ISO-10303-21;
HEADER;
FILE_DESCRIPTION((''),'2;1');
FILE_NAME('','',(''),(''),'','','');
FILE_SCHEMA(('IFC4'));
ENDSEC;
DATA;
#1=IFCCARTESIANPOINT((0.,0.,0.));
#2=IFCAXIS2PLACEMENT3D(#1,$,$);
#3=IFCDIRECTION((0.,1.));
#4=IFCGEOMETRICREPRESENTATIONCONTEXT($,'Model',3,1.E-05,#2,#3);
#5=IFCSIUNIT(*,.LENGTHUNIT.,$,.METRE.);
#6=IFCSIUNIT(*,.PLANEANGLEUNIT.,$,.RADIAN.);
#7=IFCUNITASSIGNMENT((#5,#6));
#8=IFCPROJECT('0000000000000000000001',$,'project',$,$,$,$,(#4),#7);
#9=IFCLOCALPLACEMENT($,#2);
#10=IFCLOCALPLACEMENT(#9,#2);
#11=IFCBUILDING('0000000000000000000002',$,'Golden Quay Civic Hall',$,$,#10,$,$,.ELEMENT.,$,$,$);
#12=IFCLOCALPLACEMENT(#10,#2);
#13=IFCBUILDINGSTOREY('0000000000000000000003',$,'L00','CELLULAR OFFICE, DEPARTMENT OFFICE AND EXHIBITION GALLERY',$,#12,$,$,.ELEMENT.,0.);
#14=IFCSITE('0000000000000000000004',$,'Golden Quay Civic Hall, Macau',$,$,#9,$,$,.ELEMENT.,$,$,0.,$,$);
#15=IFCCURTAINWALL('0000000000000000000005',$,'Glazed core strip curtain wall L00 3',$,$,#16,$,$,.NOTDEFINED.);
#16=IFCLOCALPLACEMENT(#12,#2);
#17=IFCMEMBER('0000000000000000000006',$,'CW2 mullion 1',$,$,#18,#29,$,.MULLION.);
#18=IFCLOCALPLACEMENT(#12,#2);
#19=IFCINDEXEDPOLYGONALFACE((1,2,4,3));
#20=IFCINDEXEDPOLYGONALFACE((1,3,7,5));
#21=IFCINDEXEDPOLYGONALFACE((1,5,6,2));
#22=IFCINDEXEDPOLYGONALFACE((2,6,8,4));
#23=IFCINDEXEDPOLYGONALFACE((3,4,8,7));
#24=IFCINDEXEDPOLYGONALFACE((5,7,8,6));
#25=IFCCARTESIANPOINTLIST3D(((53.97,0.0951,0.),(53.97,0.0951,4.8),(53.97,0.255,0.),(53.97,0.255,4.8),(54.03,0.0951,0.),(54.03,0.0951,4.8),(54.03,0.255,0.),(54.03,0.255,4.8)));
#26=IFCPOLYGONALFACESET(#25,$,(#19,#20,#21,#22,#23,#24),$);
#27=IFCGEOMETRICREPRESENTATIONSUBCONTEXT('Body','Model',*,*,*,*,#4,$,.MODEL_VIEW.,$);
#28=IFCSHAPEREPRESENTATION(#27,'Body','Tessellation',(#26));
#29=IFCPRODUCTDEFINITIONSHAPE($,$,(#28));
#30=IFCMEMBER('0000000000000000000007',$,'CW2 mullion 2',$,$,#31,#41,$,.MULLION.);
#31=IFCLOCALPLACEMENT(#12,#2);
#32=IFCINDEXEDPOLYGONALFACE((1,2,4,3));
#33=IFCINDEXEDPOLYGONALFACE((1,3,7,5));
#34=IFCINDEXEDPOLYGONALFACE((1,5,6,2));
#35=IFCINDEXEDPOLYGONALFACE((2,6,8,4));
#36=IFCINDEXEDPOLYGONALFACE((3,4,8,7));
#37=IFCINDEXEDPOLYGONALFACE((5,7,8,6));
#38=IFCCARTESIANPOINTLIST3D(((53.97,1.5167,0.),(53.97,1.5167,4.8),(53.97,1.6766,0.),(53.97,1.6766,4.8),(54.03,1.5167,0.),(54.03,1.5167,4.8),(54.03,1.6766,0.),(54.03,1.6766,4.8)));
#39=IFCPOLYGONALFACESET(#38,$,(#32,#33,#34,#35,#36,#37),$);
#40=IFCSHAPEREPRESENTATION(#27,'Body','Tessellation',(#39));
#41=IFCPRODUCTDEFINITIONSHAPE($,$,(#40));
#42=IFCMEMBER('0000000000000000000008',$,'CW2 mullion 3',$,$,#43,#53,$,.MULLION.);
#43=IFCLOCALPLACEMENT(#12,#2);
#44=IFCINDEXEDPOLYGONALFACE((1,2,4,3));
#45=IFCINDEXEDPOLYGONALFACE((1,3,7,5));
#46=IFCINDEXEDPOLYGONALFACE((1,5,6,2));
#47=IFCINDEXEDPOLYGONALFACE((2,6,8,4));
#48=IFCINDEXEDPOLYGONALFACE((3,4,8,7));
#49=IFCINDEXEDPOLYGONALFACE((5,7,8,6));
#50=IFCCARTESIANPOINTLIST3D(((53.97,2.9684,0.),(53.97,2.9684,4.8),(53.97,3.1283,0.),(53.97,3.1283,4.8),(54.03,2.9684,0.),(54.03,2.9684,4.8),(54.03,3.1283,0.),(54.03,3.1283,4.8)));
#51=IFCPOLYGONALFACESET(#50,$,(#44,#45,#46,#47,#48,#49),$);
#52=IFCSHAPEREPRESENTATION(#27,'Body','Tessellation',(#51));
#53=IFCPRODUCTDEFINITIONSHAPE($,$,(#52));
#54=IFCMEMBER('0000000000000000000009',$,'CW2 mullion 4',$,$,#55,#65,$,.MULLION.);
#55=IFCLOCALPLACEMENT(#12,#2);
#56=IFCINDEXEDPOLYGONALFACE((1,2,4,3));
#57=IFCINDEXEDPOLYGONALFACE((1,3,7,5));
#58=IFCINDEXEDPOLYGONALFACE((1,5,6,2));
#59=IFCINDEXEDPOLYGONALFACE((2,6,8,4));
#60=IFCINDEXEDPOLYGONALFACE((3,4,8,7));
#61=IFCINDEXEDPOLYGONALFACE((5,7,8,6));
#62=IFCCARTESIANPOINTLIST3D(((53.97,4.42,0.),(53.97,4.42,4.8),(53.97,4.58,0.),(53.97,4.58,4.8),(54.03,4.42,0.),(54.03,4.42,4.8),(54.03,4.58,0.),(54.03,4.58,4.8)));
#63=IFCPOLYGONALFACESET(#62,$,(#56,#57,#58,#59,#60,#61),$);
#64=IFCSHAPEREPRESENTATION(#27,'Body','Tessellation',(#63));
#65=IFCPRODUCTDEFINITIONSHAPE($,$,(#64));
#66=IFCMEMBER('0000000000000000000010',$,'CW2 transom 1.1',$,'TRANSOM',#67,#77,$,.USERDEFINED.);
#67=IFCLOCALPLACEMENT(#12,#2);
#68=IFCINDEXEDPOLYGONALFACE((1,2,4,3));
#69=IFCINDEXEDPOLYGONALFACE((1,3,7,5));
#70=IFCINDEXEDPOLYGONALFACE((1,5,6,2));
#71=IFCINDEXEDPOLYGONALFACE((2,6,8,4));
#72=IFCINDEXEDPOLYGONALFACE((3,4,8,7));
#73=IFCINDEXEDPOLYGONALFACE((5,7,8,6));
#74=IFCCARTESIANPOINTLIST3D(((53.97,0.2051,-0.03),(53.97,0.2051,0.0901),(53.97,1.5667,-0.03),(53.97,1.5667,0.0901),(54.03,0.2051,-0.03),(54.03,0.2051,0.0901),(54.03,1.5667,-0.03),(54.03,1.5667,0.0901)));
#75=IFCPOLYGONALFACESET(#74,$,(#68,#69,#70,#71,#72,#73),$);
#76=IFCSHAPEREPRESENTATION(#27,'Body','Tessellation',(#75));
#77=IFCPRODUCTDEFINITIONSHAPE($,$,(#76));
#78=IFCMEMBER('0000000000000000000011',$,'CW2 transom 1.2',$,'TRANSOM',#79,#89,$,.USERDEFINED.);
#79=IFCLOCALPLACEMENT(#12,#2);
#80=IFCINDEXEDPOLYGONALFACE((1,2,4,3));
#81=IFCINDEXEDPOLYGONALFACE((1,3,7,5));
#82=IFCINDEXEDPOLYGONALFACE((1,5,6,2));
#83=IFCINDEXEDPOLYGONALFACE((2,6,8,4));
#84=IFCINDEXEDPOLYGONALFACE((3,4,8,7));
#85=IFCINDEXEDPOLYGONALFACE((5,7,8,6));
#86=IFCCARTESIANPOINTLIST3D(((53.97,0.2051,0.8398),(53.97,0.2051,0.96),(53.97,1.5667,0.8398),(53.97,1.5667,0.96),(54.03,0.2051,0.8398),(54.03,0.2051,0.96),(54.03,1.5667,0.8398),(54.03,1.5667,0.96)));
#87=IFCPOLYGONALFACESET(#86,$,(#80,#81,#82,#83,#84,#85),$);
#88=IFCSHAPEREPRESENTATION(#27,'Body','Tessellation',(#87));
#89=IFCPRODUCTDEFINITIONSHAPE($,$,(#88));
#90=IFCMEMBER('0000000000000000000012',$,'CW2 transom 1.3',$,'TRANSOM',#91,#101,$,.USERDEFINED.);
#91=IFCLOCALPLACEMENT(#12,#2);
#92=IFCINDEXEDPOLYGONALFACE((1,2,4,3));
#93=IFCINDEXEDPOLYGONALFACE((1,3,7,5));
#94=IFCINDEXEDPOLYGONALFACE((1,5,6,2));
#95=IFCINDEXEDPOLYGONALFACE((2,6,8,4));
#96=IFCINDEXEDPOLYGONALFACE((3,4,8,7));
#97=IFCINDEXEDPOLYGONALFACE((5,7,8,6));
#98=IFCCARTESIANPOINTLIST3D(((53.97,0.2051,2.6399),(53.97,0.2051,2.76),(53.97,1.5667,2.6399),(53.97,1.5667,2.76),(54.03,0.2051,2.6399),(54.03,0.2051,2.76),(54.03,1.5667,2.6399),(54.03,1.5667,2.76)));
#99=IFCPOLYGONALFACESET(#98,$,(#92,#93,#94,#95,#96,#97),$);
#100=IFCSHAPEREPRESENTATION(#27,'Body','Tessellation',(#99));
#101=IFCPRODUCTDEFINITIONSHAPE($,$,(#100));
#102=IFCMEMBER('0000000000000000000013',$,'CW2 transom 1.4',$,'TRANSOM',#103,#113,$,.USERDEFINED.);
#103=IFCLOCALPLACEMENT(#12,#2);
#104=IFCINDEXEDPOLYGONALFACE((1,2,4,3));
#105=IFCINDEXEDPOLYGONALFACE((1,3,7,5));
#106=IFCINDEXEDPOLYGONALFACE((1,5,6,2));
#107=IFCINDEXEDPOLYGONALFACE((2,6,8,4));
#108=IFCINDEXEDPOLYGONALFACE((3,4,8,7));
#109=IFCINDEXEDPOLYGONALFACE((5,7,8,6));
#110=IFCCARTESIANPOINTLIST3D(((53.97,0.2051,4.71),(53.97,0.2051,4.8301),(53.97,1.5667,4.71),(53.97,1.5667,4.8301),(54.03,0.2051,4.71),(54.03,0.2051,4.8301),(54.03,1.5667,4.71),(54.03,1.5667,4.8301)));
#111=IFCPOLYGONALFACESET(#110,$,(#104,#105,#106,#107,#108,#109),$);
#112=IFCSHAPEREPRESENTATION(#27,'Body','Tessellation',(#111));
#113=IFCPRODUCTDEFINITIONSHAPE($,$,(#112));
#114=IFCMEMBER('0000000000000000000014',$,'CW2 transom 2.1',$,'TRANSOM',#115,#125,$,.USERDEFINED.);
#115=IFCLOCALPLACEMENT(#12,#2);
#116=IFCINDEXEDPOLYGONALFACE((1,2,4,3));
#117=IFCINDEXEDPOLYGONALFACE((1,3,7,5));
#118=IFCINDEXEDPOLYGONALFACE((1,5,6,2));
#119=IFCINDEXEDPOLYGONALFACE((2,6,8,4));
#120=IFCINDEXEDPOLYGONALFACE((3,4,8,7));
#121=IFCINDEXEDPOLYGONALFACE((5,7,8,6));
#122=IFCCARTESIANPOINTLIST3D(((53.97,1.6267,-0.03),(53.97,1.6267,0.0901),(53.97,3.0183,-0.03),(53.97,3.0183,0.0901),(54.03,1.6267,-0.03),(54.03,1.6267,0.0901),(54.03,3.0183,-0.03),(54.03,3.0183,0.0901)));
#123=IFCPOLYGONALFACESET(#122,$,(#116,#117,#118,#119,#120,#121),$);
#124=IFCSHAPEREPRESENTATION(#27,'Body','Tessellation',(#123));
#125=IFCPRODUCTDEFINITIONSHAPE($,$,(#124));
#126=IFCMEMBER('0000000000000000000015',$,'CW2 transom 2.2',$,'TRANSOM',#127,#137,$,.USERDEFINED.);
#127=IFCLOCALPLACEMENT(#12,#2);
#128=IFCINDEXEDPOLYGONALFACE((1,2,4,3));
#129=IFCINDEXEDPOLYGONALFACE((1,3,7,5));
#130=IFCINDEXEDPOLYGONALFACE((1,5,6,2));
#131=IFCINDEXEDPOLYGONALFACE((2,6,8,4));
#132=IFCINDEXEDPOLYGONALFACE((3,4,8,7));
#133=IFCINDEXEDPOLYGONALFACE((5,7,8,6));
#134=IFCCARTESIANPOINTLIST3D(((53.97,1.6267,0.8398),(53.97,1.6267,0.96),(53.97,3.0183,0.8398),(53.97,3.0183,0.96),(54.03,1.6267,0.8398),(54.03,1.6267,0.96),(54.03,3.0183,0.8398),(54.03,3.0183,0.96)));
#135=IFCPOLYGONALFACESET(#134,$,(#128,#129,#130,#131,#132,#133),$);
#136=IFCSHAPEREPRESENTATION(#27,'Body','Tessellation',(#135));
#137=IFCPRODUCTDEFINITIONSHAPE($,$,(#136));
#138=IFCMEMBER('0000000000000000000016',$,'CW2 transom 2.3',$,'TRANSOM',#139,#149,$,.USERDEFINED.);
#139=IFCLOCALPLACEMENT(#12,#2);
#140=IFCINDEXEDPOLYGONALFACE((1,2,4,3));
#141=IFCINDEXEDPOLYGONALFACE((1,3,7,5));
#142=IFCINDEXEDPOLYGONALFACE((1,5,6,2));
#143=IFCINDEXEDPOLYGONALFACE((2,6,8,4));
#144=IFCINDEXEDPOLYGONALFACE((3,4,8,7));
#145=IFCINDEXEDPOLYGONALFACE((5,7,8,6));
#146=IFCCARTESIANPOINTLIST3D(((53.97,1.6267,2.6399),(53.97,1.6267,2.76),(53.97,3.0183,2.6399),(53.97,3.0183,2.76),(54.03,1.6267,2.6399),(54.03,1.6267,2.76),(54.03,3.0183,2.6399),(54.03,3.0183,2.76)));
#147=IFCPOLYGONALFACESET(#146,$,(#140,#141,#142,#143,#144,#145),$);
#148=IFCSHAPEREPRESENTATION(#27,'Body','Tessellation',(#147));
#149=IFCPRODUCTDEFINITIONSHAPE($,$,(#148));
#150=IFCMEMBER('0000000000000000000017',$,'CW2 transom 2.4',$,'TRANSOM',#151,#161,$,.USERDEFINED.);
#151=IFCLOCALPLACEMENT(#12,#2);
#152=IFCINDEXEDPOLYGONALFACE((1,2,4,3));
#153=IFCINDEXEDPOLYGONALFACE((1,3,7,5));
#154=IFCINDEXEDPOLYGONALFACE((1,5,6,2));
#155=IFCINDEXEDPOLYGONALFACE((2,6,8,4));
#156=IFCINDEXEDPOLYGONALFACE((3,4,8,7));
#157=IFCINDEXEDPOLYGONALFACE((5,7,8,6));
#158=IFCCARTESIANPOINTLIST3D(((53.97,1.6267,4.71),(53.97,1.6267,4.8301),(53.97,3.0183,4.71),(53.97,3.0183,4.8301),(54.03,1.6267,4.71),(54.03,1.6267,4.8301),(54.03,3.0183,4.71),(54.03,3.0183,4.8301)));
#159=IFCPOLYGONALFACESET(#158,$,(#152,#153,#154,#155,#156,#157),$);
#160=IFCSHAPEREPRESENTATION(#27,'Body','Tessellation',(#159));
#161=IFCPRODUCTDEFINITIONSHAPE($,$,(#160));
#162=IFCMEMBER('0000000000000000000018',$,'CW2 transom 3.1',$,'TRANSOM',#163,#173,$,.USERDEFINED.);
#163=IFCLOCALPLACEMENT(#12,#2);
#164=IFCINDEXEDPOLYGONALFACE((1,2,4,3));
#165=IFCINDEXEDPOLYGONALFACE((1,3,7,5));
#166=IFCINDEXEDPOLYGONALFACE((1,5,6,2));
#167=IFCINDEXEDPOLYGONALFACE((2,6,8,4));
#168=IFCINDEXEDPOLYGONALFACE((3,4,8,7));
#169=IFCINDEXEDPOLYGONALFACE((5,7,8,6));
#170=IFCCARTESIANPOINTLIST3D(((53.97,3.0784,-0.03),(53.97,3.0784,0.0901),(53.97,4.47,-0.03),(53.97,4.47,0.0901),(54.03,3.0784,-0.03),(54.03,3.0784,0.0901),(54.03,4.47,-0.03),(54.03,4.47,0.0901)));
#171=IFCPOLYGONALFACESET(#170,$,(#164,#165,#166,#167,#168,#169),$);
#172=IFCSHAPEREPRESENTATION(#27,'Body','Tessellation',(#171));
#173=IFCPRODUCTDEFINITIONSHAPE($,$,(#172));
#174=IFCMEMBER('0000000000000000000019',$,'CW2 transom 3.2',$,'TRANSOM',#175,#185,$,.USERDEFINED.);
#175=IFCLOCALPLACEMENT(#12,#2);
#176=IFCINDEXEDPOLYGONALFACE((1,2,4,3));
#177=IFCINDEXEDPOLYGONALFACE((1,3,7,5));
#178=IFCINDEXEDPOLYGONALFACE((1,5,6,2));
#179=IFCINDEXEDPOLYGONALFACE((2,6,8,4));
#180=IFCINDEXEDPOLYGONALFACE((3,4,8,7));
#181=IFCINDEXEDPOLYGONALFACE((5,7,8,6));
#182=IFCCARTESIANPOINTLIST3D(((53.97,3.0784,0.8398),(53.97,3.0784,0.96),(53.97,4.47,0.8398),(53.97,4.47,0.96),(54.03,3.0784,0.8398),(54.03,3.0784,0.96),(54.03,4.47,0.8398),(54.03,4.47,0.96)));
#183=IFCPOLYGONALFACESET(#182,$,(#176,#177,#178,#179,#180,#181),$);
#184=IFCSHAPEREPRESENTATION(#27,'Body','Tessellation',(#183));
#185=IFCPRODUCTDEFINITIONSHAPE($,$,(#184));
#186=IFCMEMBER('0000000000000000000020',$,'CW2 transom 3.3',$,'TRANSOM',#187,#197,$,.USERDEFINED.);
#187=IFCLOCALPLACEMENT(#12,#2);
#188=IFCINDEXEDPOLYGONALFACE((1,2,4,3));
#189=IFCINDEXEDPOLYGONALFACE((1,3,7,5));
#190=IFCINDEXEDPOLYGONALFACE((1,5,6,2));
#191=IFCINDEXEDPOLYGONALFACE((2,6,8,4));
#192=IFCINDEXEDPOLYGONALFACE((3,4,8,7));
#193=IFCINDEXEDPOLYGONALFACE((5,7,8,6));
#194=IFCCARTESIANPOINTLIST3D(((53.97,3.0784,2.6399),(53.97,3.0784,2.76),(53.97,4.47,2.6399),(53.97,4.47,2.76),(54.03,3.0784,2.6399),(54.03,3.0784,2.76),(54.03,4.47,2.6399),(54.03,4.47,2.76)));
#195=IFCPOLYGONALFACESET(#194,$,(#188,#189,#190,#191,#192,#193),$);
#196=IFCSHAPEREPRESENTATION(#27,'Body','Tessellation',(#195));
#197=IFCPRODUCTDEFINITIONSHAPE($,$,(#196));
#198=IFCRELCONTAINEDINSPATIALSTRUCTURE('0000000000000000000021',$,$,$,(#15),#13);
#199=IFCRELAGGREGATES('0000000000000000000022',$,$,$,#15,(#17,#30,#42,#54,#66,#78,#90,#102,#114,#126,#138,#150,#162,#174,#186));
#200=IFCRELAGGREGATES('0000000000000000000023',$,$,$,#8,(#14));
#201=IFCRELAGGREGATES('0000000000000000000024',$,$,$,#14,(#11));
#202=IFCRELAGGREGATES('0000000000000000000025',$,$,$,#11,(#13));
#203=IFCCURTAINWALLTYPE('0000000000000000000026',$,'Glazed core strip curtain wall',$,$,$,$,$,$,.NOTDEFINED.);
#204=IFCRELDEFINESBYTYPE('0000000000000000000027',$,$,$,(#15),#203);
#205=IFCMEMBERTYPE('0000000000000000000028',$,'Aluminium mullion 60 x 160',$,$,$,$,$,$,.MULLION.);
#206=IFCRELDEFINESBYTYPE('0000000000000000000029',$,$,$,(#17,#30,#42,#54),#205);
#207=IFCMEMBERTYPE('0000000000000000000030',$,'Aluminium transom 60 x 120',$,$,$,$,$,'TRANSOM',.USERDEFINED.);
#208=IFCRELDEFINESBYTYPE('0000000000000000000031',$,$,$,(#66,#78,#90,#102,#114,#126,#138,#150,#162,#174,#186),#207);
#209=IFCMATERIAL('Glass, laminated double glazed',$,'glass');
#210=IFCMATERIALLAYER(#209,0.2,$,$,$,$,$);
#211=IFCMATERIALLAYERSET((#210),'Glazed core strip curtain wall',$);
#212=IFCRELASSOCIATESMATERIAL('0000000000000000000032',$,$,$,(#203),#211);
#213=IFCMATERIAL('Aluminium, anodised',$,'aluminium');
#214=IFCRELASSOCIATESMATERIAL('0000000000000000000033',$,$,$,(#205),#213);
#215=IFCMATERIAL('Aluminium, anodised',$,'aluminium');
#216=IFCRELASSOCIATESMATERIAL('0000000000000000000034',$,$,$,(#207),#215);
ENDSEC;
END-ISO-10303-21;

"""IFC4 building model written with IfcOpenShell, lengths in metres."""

from ifc_helpers import new_model, si_unit, direction, frame, origin, origin_2d, place, context, subcontext, project, spatial, rectangle, extrude, material, layer, layer_set, material_profile, profile_set, type_object, element, aggregate, save


model = new_model("IFC4")

# Units and contexts
model_context = context("Model", 3, precision=1e-05, world=origin(), true_north=direction((0.0, 1.0)))
body_context = subcontext(model_context, "Body", "Model", "MODEL_VIEW")
ifc_project = project(units=[si_unit("LENGTHUNIT", "METRE"), si_unit("PLANEANGLEUNIT", "RADIAN")], contexts=[model_context])

# Site, building, storey
site_placement = place(None, origin())
site = spatial("IfcSite", under=ifc_project, at=site_placement, Name="Golden Quay Civic Hall, Macau", CompositionType="ELEMENT", RefElevation=0.0)
building_placement = place(site_placement, origin())
building = spatial("IfcBuilding", under=site, at=building_placement, Name="Golden Quay Civic Hall", CompositionType="ELEMENT")
storey_placement = place(building_placement, origin())
storey = spatial("IfcBuildingStorey", under=building, at=storey_placement, Name="L00", Description="CELLULAR OFFICE, DEPARTMENT OFFICE AND EXHIBITION GALLERY", CompositionType="ELEMENT", Elevation=0.0)

# Curtain wall, members
ifc_material_1 = material(Name="Glass, laminated double glazed", Category="glass")
ifc_layer_1 = layer(ifc_material_1, 0.2)
ifc_layer_set_1 = layer_set([ifc_layer_1], Name="Glazed core strip curtain wall")
curtain_wall_type = type_object("IfcCurtainWallType", Name="Glazed core strip curtain wall", PredefinedType="NOTDEFINED", material=ifc_layer_set_1)
curtain_wall_placement = place(storey_placement, origin())
curtain_wall = element("IfcCurtainWall", 1, at=curtain_wall_placement, inside=storey, type_object=curtain_wall_type, Name="Glazed core strip curtain wall L00 3", PredefinedType="NOTDEFINED")
ifc_material_2 = material(Name="Aluminium, anodised", Category="aluminium")
ifc_material_profile_1 = material_profile(ifc_material_2, rectangle(XDim=0.0601, YDim=0.1599, at=origin_2d()), Name="Aluminium 60 x 160")
ifc_profile_set_1 = profile_set([ifc_material_profile_1], Name="Aluminium, anodised")
member_type_1 = type_object("IfcMemberType", Name="Aluminium mullion 60 x 160", PredefinedType="MULLION", material=ifc_profile_set_1)
member_1_placement = place(storey_placement, frame((54.0, 0.175, 0.0), z_axis=(0.0, 0.0, 1.0), x_axis=(-1.0, 0.0, 0.0)))
member_1 = element("IfcMember", 2, at=member_1_placement, type_object=member_type_1, Name="CW2 mullion 1", PredefinedType="MULLION", context=body_context, shape_type="SweptSolid", body=[
    extrude(rectangle(XDim=0.0601, YDim=0.1599, at=origin_2d()), origin(), (0.0, 0.0, 1.0), 4.8),
])
member_2_placement = place(storey_placement, frame((54.0, 1.5967, 0.0), z_axis=(0.0, 0.0, 1.0), x_axis=(-1.0, 0.0, 0.0)))
member_2 = element("IfcMember", 3, at=member_2_placement, type_object=member_type_1, Name="CW2 mullion 2", PredefinedType="MULLION", context=body_context, shape_type="SweptSolid", body=[
    extrude(rectangle(XDim=0.0601, YDim=0.1599, at=origin_2d()), origin(), (0.0, 0.0, 1.0), 4.8),
])
member_3_placement = place(storey_placement, frame((54.0, 3.0483, 0.0), z_axis=(0.0, 0.0, 1.0), x_axis=(-1.0, 0.0, 0.0)))
member_3 = element("IfcMember", 4, at=member_3_placement, type_object=member_type_1, Name="CW2 mullion 3", PredefinedType="MULLION", context=body_context, shape_type="SweptSolid", body=[
    extrude(rectangle(XDim=0.0601, YDim=0.1599, at=origin_2d()), origin(), (0.0, 0.0, 1.0), 4.8),
])
member_4_placement = place(storey_placement, frame((54.0, 4.5, 0.0), z_axis=(0.0, 0.0, 1.0), x_axis=(-1.0, 0.0, 0.0)))
member_4 = element("IfcMember", 5, at=member_4_placement, type_object=member_type_1, Name="CW2 mullion 4", PredefinedType="MULLION", context=body_context, shape_type="SweptSolid", body=[
    extrude(rectangle(XDim=0.0601, YDim=0.1599, at=origin_2d()), origin(), (0.0, 0.0, 1.0), 4.8),
])
ifc_material_3 = material(Name="Aluminium, anodised", Category="aluminium")
ifc_material_profile_2 = material_profile(ifc_material_3, rectangle(XDim=0.0601, YDim=0.1201, at=origin_2d()), Name="Aluminium 60 x 120")
ifc_profile_set_2 = profile_set([ifc_material_profile_2], Name="Aluminium, anodised")
member_type_2 = type_object("IfcMemberType", Name="Aluminium transom 60 x 120", ElementType="TRANSOM", PredefinedType="USERDEFINED", material=ifc_profile_set_2)
member_5_placement = place(storey_placement, frame((54.0, 0.2051, 0.03), z_axis=(0.0, 1.0, 0.0), x_axis=(-1.0, 0.0, 0.0)))
member_5 = element("IfcMember", 6, at=member_5_placement, type_object=member_type_2, Name="CW2 transom 1.1", ObjectType="TRANSOM", PredefinedType="USERDEFINED", context=body_context, shape_type="SweptSolid", body=[
    extrude(rectangle(XDim=0.0601, YDim=0.1201, at=origin_2d()), origin(), (0.0, 0.0, 1.0), 1.3616),
])
member_6_placement = place(storey_placement, frame((54.0, 0.2051, 0.8999), z_axis=(0.0, 1.0, 0.0), x_axis=(-1.0, 0.0, 0.0)))
member_6 = element("IfcMember", 7, at=member_6_placement, type_object=member_type_2, Name="CW2 transom 1.2", ObjectType="TRANSOM", PredefinedType="USERDEFINED", context=body_context, shape_type="SweptSolid", body=[
    extrude(rectangle(XDim=0.0601, YDim=0.1201, at=origin_2d()), origin(), (0.0, 0.0, 1.0), 1.3616),
])
member_7_placement = place(storey_placement, frame((54.0, 0.2051, 2.7), z_axis=(0.0, 1.0, 0.0), x_axis=(-1.0, 0.0, 0.0)))
member_7 = element("IfcMember", 8, at=member_7_placement, type_object=member_type_2, Name="CW2 transom 1.3", ObjectType="TRANSOM", PredefinedType="USERDEFINED", context=body_context, shape_type="SweptSolid", body=[
    extrude(rectangle(XDim=0.0601, YDim=0.1201, at=origin_2d()), origin(), (0.0, 0.0, 1.0), 1.3616),
])
member_8_placement = place(storey_placement, frame((54.0, 0.2051, 4.77), z_axis=(0.0, 1.0, 0.0), x_axis=(-1.0, 0.0, 0.0)))
member_8 = element("IfcMember", 9, at=member_8_placement, type_object=member_type_2, Name="CW2 transom 1.4", ObjectType="TRANSOM", PredefinedType="USERDEFINED", context=body_context, shape_type="SweptSolid", body=[
    extrude(rectangle(XDim=0.0601, YDim=0.1201, at=origin_2d()), origin(), (0.0, 0.0, 1.0), 1.3616),
])
member_9_placement = place(storey_placement, frame((54.0, 1.6267, 0.03), z_axis=(0.0, 1.0, 0.0), x_axis=(-1.0, 0.0, 0.0)))
member_9 = element("IfcMember", 10, at=member_9_placement, type_object=member_type_2, Name="CW2 transom 2.1", ObjectType="TRANSOM", PredefinedType="USERDEFINED", context=body_context, shape_type="SweptSolid", body=[
    extrude(rectangle(XDim=0.0601, YDim=0.1201, at=origin_2d()), origin(), (0.0, 0.0, 1.0), 1.3916),
])
member_10_placement = place(storey_placement, frame((54.0, 1.6267, 0.8999), z_axis=(0.0, 1.0, 0.0), x_axis=(-1.0, 0.0, 0.0)))
member_10 = element("IfcMember", 11, at=member_10_placement, type_object=member_type_2, Name="CW2 transom 2.2", ObjectType="TRANSOM", PredefinedType="USERDEFINED", context=body_context, shape_type="SweptSolid", body=[
    extrude(rectangle(XDim=0.0601, YDim=0.1201, at=origin_2d()), origin(), (0.0, 0.0, 1.0), 1.3916),
])
member_11_placement = place(storey_placement, frame((54.0, 1.6267, 2.7), z_axis=(0.0, 1.0, 0.0), x_axis=(-1.0, 0.0, 0.0)))
member_11 = element("IfcMember", 12, at=member_11_placement, type_object=member_type_2, Name="CW2 transom 2.3", ObjectType="TRANSOM", PredefinedType="USERDEFINED", context=body_context, shape_type="SweptSolid", body=[
    extrude(rectangle(XDim=0.0601, YDim=0.1201, at=origin_2d()), origin(), (0.0, 0.0, 1.0), 1.3916),
])
member_12_placement = place(storey_placement, frame((54.0, 1.6267, 4.77), z_axis=(0.0, 1.0, 0.0), x_axis=(-1.0, 0.0, 0.0)))
member_12 = element("IfcMember", 13, at=member_12_placement, type_object=member_type_2, Name="CW2 transom 2.4", ObjectType="TRANSOM", PredefinedType="USERDEFINED", context=body_context, shape_type="SweptSolid", body=[
    extrude(rectangle(XDim=0.0601, YDim=0.1201, at=origin_2d()), origin(), (0.0, 0.0, 1.0), 1.3916),
])
member_13_placement = place(storey_placement, frame((54.0, 3.0784, 0.03), z_axis=(0.0, 1.0, 0.0), x_axis=(-1.0, 0.0, 0.0)))
member_13 = element("IfcMember", 14, at=member_13_placement, type_object=member_type_2, Name="CW2 transom 3.1", ObjectType="TRANSOM", PredefinedType="USERDEFINED", context=body_context, shape_type="SweptSolid", body=[
    extrude(rectangle(XDim=0.0601, YDim=0.1201, at=origin_2d()), origin(), (0.0, 0.0, 1.0), 1.3916),
])
member_14_placement = place(storey_placement, frame((54.0, 3.0784, 0.8999), z_axis=(0.0, 1.0, 0.0), x_axis=(-1.0, 0.0, 0.0)))
member_14 = element("IfcMember", 15, at=member_14_placement, type_object=member_type_2, Name="CW2 transom 3.2", ObjectType="TRANSOM", PredefinedType="USERDEFINED", context=body_context, shape_type="SweptSolid", body=[
    extrude(rectangle(XDim=0.0601, YDim=0.1201, at=origin_2d()), origin(), (0.0, 0.0, 1.0), 1.3916),
])
member_15_placement = place(storey_placement, frame((54.0, 3.0784, 2.7), z_axis=(0.0, 1.0, 0.0), x_axis=(-1.0, 0.0, 0.0)))
member_15 = element("IfcMember", 16, at=member_15_placement, type_object=member_type_2, Name="CW2 transom 3.3", ObjectType="TRANSOM", PredefinedType="USERDEFINED", context=body_context, shape_type="SweptSolid", body=[
    extrude(rectangle(XDim=0.0601, YDim=0.1201, at=origin_2d()), origin(), (0.0, 0.0, 1.0), 1.3916),
])
aggregate(curtain_wall, [member_1, member_2, member_3, member_4, member_5, member_6, member_7, member_8, member_9, member_10, member_11, member_12, member_13, member_14, member_15])

save(model, "model.ifc")
